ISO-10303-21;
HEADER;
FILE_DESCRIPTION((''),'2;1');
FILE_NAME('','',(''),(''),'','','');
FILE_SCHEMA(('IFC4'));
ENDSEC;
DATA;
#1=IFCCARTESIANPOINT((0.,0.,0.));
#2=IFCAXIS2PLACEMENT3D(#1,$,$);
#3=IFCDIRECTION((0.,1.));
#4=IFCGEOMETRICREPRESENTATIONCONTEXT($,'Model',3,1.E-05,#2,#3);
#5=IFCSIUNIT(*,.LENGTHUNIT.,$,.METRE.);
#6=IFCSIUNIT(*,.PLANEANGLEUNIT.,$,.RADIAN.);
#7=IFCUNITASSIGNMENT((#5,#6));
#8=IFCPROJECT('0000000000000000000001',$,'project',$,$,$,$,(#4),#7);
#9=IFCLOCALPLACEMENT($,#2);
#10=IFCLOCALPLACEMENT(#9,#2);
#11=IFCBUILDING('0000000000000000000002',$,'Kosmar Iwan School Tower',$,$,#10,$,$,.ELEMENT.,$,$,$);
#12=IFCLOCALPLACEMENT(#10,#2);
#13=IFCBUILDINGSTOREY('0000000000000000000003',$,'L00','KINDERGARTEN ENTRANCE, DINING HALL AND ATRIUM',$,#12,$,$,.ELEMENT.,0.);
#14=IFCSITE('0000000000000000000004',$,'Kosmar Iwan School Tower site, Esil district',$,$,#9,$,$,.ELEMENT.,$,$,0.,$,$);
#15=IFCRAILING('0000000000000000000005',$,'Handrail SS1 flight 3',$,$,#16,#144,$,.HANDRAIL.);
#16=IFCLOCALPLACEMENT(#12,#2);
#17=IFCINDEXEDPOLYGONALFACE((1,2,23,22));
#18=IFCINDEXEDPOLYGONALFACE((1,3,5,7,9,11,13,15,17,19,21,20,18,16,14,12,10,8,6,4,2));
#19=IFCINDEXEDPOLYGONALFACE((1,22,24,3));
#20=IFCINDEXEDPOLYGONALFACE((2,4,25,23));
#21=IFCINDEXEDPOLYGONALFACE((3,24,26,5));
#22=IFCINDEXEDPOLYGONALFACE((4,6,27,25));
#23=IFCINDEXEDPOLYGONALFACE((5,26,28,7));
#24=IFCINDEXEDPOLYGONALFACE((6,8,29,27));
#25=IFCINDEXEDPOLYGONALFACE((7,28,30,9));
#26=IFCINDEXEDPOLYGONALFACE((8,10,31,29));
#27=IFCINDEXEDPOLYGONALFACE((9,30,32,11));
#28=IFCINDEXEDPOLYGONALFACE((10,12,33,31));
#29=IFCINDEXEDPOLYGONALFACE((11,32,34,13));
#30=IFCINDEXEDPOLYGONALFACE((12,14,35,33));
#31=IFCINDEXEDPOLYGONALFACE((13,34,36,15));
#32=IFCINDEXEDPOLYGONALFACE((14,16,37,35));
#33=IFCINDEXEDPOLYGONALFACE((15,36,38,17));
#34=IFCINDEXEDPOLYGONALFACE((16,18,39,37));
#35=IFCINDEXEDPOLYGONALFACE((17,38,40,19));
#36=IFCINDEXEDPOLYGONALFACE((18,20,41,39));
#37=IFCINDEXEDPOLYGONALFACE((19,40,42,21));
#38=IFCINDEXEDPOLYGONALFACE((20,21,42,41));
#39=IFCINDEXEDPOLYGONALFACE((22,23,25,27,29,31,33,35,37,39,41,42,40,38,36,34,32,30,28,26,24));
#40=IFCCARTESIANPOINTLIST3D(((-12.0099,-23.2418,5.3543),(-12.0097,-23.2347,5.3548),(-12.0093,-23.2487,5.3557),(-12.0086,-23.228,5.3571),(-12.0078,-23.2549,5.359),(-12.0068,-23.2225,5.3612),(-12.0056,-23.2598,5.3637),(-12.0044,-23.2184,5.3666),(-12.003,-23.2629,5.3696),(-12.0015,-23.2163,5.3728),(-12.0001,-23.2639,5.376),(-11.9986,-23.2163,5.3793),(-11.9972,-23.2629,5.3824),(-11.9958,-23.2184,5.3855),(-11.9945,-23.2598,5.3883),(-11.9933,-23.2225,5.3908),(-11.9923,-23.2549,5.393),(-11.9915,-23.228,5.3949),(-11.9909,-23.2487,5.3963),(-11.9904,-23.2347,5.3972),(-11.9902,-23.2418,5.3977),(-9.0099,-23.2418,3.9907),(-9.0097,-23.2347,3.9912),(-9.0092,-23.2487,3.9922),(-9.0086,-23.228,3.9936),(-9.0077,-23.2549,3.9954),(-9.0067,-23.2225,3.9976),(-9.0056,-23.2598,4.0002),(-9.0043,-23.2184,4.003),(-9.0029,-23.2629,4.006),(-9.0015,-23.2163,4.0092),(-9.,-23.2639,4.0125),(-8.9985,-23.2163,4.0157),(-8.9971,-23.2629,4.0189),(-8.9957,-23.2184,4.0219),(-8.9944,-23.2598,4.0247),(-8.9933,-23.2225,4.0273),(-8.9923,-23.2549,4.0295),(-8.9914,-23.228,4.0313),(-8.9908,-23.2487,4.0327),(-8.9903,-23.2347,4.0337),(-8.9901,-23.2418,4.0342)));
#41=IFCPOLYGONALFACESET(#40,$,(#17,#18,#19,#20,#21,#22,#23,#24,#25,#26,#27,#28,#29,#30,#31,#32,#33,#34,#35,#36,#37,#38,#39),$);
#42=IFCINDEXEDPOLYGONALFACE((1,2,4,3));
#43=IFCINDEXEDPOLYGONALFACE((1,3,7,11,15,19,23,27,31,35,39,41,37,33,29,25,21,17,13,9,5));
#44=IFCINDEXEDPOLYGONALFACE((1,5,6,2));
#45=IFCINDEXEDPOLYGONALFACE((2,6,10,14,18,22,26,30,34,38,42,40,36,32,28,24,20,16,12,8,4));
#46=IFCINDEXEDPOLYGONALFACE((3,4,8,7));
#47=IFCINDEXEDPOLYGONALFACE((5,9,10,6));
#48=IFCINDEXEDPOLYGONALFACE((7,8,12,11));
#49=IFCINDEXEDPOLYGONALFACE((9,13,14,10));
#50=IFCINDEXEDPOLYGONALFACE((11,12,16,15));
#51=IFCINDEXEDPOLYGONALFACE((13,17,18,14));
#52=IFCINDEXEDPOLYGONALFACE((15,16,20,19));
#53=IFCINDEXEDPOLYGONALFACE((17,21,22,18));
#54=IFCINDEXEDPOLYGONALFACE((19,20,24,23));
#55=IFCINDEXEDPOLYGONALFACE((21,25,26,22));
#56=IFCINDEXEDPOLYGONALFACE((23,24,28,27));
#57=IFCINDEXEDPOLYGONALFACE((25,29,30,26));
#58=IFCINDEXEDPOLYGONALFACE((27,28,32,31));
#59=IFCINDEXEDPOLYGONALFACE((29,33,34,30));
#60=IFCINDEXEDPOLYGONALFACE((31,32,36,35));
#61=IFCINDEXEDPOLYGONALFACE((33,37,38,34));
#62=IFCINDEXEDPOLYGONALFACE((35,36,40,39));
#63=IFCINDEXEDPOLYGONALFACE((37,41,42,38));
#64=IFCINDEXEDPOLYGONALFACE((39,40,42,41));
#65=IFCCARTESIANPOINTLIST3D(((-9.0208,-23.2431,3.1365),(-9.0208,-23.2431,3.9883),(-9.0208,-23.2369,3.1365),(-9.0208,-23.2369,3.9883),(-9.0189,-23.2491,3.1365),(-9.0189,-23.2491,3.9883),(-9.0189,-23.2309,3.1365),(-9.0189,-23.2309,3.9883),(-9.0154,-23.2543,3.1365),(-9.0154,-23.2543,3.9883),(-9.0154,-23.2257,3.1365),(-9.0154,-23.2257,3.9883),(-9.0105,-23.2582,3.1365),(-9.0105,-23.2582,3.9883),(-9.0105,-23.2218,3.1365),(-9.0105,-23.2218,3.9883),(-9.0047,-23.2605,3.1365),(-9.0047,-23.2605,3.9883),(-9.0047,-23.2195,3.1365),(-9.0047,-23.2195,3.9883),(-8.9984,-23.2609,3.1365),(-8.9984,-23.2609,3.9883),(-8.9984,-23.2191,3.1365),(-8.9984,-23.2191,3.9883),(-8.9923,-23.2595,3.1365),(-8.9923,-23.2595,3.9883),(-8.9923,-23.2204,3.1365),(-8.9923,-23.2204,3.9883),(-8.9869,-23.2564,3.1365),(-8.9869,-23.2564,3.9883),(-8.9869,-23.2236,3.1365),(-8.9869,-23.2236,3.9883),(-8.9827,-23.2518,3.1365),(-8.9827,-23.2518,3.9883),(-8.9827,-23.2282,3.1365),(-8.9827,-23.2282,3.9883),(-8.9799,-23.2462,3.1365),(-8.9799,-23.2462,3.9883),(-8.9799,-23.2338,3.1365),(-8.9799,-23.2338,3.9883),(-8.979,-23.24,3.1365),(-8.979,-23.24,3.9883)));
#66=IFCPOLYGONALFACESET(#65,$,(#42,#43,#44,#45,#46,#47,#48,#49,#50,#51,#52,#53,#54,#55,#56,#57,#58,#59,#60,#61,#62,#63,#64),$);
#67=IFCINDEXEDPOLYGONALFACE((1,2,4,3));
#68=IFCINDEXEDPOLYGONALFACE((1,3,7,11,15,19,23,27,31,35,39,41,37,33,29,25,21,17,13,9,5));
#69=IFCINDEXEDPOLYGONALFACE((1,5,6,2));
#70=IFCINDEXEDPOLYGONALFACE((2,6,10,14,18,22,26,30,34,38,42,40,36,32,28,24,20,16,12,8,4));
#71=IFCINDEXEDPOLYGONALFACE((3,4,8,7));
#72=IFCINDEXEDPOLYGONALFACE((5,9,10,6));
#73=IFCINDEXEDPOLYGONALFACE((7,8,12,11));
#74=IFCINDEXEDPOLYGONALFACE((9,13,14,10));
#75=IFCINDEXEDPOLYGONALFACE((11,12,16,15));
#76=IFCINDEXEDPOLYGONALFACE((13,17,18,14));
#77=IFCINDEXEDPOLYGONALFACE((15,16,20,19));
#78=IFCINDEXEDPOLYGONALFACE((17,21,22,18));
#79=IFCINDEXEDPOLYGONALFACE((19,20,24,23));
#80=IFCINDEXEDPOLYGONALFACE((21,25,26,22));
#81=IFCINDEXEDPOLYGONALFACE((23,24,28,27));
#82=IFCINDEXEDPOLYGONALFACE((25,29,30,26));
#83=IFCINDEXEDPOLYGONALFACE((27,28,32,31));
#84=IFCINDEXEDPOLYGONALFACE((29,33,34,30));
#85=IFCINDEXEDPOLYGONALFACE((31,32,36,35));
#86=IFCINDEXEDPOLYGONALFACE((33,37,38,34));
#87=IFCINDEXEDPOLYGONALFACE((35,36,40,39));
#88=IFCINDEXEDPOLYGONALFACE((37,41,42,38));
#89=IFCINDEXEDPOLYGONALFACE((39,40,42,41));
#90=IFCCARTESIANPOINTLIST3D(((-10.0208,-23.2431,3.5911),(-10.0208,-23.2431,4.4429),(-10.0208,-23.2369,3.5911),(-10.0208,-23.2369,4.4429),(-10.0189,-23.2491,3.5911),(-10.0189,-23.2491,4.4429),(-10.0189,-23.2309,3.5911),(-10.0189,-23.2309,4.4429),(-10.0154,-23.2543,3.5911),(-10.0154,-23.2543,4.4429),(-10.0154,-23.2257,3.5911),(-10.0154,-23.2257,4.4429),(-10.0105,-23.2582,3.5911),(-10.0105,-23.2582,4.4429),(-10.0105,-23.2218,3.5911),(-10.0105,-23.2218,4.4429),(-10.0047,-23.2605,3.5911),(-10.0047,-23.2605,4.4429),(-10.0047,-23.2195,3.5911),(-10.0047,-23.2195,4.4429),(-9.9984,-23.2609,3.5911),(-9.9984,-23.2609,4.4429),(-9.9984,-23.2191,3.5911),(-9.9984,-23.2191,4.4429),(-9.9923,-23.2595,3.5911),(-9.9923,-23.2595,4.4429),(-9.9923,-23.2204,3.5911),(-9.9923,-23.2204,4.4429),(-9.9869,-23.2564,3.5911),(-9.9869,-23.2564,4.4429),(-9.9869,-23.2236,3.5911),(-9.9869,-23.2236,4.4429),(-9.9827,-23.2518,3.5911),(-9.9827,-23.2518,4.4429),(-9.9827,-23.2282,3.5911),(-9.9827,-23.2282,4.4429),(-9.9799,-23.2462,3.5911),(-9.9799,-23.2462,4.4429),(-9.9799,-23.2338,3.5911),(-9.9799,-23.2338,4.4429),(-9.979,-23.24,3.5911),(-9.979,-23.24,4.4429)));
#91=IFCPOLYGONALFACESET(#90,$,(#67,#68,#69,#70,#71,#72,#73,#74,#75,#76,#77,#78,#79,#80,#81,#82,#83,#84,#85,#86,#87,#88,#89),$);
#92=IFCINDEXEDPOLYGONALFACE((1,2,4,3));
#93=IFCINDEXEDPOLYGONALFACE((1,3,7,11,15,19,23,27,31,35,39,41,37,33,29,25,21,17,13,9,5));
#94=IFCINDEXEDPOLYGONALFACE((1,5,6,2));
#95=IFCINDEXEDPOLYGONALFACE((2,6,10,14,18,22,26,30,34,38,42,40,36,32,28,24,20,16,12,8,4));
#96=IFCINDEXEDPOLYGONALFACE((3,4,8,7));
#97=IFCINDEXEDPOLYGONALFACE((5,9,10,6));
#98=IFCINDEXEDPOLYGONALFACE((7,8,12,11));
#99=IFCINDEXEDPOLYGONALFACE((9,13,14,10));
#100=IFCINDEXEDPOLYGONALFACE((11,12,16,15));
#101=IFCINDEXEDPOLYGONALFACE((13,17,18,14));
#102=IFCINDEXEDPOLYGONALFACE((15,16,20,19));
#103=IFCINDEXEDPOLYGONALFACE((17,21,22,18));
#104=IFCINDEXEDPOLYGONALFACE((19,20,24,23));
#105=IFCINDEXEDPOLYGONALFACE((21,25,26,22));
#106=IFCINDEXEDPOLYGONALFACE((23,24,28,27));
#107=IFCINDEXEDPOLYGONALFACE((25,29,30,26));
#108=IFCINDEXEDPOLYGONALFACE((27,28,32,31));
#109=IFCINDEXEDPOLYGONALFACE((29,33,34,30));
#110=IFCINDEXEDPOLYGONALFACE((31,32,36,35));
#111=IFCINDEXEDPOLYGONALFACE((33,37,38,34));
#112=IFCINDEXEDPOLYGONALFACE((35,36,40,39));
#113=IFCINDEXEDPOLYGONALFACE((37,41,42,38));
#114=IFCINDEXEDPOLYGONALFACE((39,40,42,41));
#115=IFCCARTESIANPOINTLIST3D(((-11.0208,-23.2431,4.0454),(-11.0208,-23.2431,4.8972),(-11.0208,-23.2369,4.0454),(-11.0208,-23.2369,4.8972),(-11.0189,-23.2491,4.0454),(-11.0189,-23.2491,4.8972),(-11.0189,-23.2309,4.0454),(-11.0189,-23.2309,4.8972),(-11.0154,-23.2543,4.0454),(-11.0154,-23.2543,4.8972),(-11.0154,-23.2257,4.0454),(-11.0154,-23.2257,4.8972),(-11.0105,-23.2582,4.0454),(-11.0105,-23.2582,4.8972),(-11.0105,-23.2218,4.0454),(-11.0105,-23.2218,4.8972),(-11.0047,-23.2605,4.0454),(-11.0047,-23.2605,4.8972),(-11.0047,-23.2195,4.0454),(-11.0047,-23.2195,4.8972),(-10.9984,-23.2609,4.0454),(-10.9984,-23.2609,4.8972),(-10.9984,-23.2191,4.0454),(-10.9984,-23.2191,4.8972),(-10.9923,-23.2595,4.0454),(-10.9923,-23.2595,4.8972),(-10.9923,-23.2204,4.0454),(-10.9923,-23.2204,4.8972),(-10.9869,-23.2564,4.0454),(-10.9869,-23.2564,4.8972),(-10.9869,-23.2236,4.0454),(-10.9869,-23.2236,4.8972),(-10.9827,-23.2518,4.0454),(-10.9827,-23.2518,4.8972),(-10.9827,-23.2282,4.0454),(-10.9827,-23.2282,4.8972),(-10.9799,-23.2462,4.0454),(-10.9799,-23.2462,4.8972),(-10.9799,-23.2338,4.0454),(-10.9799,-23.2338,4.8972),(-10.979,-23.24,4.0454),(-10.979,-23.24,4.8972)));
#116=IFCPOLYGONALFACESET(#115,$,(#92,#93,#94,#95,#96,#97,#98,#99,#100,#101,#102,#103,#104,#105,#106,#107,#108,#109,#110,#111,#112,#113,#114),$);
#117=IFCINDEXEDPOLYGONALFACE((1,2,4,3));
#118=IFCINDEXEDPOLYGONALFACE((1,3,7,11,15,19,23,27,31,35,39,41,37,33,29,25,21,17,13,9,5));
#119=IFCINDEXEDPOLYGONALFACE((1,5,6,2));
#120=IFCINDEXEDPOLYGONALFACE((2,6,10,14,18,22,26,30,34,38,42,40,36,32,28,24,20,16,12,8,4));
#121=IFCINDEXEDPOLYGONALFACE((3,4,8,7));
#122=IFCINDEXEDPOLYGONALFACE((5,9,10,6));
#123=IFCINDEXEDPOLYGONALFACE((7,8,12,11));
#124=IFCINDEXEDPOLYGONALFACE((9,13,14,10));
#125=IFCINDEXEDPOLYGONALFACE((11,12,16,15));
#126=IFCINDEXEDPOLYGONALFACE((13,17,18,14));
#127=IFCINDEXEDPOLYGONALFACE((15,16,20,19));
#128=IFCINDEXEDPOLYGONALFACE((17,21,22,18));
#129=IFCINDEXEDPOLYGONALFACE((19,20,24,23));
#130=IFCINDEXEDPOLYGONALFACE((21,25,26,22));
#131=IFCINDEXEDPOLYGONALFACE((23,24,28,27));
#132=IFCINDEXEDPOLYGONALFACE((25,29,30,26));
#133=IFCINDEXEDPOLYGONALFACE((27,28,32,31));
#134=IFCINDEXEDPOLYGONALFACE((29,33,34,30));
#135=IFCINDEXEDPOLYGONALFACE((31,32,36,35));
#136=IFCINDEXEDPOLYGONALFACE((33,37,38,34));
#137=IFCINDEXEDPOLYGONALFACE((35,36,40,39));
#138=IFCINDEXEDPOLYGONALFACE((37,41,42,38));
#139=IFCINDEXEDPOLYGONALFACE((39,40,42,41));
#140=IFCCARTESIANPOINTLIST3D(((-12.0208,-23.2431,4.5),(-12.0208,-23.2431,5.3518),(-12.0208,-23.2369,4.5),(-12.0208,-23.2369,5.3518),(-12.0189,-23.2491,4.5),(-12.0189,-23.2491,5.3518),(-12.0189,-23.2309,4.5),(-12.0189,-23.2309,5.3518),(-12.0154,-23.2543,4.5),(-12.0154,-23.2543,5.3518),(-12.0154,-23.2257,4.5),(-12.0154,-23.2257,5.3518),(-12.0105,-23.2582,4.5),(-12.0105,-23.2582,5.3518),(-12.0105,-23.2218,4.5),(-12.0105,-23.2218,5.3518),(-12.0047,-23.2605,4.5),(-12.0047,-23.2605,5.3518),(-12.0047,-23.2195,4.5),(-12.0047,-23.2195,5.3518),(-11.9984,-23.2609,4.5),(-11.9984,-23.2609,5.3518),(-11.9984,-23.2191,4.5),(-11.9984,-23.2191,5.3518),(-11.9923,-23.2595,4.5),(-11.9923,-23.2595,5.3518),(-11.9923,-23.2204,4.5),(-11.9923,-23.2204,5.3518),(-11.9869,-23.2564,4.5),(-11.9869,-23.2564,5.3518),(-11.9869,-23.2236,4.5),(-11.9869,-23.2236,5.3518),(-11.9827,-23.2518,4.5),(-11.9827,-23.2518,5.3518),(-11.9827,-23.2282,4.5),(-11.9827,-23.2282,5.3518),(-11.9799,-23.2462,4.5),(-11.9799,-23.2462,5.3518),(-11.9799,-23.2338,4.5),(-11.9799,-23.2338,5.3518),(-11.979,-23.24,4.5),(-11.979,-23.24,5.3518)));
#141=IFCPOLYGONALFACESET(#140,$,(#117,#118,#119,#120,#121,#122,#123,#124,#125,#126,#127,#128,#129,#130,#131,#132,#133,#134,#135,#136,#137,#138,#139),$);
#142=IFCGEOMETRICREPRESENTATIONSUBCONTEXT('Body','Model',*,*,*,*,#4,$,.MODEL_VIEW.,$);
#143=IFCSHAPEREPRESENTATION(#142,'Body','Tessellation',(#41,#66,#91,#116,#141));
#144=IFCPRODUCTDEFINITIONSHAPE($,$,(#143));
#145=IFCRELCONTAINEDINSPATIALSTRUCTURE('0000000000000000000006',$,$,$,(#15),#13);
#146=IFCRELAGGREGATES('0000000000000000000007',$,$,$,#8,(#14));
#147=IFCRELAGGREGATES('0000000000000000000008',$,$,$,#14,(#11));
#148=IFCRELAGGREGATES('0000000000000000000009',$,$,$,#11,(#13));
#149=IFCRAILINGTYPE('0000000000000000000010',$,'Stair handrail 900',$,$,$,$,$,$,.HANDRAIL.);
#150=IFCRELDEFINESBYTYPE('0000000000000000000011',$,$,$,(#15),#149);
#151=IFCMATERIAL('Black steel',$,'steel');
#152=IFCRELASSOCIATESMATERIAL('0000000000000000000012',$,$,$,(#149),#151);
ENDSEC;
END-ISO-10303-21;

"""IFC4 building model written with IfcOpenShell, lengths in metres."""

from ifc_helpers import new_model, si_unit, direction, frame, origin, origin_2d, place, context, subcontext, project, spatial, circle, extrude, material, type_object, element, save


model = new_model("IFC4")

# Units and contexts
model_context = context("Model", 3, precision=1e-05, world=origin(), true_north=direction((0.0, 1.0)))
body_context = subcontext(model_context, "Body", "Model", "MODEL_VIEW")
ifc_project = project(units=[si_unit("LENGTHUNIT", "METRE"), si_unit("PLANEANGLEUNIT", "RADIAN")], contexts=[model_context])

# Site, building, storey
site_placement = place(None, origin())
site = spatial("IfcSite", under=ifc_project, at=site_placement, Name="Kosmar Iwan School Tower site, Esil district", CompositionType="ELEMENT", RefElevation=0.0)
building_placement = place(site_placement, origin())
building = spatial("IfcBuilding", under=site, at=building_placement, Name="Kosmar Iwan School Tower", CompositionType="ELEMENT")
storey_placement = place(building_placement, origin())
storey = spatial("IfcBuildingStorey", under=building, at=storey_placement, Name="L00", Description="KINDERGARTEN ENTRANCE, DINING HALL AND ATRIUM", CompositionType="ELEMENT", Elevation=0.0)

# Railing
ifc_material_1 = material(Name="Black steel", Category="steel")
railing_type = type_object("IfcRailingType", Name="Stair handrail 900", PredefinedType="HANDRAIL", material=ifc_material_1)
railing_1_placement = place(storey_placement, frame((-9.0, -23.24, 3.1365)))
element("IfcRailing", 1, at=railing_1_placement, inside=storey, type_object=railing_type, Name="Handrail SS1 flight 3", PredefinedType="HANDRAIL", context=body_context, shape_type="SweptSolid", body=[
    extrude(circle(Radius=0.0239, at=origin_2d()), frame((0.0, 0.0, 0.876), z_axis=(-0.910379, 0.0, 0.413775), x_axis=(0.0, -1.0, 0.0)), (0.0, 0.0, 1.0), 3.2954),
    extrude(circle(Radius=0.021, at=origin_2d()), origin(), (0.0, 0.0, 1.0), 0.8518),
    extrude(circle(Radius=0.021, at=origin_2d()), frame((-1.0, 0.0, 0.4546)), (0.0, 0.0, 1.0), 0.8518),
    extrude(circle(Radius=0.021, at=origin_2d()), frame((-2.0, 0.0, 0.9089)), (0.0, 0.0, 1.0), 0.8518),
    extrude(circle(Radius=0.021, at=origin_2d()), frame((-3.0, 0.0, 1.3635)), (0.0, 0.0, 1.0), 0.8518),
])

save(model, "model.ifc")
